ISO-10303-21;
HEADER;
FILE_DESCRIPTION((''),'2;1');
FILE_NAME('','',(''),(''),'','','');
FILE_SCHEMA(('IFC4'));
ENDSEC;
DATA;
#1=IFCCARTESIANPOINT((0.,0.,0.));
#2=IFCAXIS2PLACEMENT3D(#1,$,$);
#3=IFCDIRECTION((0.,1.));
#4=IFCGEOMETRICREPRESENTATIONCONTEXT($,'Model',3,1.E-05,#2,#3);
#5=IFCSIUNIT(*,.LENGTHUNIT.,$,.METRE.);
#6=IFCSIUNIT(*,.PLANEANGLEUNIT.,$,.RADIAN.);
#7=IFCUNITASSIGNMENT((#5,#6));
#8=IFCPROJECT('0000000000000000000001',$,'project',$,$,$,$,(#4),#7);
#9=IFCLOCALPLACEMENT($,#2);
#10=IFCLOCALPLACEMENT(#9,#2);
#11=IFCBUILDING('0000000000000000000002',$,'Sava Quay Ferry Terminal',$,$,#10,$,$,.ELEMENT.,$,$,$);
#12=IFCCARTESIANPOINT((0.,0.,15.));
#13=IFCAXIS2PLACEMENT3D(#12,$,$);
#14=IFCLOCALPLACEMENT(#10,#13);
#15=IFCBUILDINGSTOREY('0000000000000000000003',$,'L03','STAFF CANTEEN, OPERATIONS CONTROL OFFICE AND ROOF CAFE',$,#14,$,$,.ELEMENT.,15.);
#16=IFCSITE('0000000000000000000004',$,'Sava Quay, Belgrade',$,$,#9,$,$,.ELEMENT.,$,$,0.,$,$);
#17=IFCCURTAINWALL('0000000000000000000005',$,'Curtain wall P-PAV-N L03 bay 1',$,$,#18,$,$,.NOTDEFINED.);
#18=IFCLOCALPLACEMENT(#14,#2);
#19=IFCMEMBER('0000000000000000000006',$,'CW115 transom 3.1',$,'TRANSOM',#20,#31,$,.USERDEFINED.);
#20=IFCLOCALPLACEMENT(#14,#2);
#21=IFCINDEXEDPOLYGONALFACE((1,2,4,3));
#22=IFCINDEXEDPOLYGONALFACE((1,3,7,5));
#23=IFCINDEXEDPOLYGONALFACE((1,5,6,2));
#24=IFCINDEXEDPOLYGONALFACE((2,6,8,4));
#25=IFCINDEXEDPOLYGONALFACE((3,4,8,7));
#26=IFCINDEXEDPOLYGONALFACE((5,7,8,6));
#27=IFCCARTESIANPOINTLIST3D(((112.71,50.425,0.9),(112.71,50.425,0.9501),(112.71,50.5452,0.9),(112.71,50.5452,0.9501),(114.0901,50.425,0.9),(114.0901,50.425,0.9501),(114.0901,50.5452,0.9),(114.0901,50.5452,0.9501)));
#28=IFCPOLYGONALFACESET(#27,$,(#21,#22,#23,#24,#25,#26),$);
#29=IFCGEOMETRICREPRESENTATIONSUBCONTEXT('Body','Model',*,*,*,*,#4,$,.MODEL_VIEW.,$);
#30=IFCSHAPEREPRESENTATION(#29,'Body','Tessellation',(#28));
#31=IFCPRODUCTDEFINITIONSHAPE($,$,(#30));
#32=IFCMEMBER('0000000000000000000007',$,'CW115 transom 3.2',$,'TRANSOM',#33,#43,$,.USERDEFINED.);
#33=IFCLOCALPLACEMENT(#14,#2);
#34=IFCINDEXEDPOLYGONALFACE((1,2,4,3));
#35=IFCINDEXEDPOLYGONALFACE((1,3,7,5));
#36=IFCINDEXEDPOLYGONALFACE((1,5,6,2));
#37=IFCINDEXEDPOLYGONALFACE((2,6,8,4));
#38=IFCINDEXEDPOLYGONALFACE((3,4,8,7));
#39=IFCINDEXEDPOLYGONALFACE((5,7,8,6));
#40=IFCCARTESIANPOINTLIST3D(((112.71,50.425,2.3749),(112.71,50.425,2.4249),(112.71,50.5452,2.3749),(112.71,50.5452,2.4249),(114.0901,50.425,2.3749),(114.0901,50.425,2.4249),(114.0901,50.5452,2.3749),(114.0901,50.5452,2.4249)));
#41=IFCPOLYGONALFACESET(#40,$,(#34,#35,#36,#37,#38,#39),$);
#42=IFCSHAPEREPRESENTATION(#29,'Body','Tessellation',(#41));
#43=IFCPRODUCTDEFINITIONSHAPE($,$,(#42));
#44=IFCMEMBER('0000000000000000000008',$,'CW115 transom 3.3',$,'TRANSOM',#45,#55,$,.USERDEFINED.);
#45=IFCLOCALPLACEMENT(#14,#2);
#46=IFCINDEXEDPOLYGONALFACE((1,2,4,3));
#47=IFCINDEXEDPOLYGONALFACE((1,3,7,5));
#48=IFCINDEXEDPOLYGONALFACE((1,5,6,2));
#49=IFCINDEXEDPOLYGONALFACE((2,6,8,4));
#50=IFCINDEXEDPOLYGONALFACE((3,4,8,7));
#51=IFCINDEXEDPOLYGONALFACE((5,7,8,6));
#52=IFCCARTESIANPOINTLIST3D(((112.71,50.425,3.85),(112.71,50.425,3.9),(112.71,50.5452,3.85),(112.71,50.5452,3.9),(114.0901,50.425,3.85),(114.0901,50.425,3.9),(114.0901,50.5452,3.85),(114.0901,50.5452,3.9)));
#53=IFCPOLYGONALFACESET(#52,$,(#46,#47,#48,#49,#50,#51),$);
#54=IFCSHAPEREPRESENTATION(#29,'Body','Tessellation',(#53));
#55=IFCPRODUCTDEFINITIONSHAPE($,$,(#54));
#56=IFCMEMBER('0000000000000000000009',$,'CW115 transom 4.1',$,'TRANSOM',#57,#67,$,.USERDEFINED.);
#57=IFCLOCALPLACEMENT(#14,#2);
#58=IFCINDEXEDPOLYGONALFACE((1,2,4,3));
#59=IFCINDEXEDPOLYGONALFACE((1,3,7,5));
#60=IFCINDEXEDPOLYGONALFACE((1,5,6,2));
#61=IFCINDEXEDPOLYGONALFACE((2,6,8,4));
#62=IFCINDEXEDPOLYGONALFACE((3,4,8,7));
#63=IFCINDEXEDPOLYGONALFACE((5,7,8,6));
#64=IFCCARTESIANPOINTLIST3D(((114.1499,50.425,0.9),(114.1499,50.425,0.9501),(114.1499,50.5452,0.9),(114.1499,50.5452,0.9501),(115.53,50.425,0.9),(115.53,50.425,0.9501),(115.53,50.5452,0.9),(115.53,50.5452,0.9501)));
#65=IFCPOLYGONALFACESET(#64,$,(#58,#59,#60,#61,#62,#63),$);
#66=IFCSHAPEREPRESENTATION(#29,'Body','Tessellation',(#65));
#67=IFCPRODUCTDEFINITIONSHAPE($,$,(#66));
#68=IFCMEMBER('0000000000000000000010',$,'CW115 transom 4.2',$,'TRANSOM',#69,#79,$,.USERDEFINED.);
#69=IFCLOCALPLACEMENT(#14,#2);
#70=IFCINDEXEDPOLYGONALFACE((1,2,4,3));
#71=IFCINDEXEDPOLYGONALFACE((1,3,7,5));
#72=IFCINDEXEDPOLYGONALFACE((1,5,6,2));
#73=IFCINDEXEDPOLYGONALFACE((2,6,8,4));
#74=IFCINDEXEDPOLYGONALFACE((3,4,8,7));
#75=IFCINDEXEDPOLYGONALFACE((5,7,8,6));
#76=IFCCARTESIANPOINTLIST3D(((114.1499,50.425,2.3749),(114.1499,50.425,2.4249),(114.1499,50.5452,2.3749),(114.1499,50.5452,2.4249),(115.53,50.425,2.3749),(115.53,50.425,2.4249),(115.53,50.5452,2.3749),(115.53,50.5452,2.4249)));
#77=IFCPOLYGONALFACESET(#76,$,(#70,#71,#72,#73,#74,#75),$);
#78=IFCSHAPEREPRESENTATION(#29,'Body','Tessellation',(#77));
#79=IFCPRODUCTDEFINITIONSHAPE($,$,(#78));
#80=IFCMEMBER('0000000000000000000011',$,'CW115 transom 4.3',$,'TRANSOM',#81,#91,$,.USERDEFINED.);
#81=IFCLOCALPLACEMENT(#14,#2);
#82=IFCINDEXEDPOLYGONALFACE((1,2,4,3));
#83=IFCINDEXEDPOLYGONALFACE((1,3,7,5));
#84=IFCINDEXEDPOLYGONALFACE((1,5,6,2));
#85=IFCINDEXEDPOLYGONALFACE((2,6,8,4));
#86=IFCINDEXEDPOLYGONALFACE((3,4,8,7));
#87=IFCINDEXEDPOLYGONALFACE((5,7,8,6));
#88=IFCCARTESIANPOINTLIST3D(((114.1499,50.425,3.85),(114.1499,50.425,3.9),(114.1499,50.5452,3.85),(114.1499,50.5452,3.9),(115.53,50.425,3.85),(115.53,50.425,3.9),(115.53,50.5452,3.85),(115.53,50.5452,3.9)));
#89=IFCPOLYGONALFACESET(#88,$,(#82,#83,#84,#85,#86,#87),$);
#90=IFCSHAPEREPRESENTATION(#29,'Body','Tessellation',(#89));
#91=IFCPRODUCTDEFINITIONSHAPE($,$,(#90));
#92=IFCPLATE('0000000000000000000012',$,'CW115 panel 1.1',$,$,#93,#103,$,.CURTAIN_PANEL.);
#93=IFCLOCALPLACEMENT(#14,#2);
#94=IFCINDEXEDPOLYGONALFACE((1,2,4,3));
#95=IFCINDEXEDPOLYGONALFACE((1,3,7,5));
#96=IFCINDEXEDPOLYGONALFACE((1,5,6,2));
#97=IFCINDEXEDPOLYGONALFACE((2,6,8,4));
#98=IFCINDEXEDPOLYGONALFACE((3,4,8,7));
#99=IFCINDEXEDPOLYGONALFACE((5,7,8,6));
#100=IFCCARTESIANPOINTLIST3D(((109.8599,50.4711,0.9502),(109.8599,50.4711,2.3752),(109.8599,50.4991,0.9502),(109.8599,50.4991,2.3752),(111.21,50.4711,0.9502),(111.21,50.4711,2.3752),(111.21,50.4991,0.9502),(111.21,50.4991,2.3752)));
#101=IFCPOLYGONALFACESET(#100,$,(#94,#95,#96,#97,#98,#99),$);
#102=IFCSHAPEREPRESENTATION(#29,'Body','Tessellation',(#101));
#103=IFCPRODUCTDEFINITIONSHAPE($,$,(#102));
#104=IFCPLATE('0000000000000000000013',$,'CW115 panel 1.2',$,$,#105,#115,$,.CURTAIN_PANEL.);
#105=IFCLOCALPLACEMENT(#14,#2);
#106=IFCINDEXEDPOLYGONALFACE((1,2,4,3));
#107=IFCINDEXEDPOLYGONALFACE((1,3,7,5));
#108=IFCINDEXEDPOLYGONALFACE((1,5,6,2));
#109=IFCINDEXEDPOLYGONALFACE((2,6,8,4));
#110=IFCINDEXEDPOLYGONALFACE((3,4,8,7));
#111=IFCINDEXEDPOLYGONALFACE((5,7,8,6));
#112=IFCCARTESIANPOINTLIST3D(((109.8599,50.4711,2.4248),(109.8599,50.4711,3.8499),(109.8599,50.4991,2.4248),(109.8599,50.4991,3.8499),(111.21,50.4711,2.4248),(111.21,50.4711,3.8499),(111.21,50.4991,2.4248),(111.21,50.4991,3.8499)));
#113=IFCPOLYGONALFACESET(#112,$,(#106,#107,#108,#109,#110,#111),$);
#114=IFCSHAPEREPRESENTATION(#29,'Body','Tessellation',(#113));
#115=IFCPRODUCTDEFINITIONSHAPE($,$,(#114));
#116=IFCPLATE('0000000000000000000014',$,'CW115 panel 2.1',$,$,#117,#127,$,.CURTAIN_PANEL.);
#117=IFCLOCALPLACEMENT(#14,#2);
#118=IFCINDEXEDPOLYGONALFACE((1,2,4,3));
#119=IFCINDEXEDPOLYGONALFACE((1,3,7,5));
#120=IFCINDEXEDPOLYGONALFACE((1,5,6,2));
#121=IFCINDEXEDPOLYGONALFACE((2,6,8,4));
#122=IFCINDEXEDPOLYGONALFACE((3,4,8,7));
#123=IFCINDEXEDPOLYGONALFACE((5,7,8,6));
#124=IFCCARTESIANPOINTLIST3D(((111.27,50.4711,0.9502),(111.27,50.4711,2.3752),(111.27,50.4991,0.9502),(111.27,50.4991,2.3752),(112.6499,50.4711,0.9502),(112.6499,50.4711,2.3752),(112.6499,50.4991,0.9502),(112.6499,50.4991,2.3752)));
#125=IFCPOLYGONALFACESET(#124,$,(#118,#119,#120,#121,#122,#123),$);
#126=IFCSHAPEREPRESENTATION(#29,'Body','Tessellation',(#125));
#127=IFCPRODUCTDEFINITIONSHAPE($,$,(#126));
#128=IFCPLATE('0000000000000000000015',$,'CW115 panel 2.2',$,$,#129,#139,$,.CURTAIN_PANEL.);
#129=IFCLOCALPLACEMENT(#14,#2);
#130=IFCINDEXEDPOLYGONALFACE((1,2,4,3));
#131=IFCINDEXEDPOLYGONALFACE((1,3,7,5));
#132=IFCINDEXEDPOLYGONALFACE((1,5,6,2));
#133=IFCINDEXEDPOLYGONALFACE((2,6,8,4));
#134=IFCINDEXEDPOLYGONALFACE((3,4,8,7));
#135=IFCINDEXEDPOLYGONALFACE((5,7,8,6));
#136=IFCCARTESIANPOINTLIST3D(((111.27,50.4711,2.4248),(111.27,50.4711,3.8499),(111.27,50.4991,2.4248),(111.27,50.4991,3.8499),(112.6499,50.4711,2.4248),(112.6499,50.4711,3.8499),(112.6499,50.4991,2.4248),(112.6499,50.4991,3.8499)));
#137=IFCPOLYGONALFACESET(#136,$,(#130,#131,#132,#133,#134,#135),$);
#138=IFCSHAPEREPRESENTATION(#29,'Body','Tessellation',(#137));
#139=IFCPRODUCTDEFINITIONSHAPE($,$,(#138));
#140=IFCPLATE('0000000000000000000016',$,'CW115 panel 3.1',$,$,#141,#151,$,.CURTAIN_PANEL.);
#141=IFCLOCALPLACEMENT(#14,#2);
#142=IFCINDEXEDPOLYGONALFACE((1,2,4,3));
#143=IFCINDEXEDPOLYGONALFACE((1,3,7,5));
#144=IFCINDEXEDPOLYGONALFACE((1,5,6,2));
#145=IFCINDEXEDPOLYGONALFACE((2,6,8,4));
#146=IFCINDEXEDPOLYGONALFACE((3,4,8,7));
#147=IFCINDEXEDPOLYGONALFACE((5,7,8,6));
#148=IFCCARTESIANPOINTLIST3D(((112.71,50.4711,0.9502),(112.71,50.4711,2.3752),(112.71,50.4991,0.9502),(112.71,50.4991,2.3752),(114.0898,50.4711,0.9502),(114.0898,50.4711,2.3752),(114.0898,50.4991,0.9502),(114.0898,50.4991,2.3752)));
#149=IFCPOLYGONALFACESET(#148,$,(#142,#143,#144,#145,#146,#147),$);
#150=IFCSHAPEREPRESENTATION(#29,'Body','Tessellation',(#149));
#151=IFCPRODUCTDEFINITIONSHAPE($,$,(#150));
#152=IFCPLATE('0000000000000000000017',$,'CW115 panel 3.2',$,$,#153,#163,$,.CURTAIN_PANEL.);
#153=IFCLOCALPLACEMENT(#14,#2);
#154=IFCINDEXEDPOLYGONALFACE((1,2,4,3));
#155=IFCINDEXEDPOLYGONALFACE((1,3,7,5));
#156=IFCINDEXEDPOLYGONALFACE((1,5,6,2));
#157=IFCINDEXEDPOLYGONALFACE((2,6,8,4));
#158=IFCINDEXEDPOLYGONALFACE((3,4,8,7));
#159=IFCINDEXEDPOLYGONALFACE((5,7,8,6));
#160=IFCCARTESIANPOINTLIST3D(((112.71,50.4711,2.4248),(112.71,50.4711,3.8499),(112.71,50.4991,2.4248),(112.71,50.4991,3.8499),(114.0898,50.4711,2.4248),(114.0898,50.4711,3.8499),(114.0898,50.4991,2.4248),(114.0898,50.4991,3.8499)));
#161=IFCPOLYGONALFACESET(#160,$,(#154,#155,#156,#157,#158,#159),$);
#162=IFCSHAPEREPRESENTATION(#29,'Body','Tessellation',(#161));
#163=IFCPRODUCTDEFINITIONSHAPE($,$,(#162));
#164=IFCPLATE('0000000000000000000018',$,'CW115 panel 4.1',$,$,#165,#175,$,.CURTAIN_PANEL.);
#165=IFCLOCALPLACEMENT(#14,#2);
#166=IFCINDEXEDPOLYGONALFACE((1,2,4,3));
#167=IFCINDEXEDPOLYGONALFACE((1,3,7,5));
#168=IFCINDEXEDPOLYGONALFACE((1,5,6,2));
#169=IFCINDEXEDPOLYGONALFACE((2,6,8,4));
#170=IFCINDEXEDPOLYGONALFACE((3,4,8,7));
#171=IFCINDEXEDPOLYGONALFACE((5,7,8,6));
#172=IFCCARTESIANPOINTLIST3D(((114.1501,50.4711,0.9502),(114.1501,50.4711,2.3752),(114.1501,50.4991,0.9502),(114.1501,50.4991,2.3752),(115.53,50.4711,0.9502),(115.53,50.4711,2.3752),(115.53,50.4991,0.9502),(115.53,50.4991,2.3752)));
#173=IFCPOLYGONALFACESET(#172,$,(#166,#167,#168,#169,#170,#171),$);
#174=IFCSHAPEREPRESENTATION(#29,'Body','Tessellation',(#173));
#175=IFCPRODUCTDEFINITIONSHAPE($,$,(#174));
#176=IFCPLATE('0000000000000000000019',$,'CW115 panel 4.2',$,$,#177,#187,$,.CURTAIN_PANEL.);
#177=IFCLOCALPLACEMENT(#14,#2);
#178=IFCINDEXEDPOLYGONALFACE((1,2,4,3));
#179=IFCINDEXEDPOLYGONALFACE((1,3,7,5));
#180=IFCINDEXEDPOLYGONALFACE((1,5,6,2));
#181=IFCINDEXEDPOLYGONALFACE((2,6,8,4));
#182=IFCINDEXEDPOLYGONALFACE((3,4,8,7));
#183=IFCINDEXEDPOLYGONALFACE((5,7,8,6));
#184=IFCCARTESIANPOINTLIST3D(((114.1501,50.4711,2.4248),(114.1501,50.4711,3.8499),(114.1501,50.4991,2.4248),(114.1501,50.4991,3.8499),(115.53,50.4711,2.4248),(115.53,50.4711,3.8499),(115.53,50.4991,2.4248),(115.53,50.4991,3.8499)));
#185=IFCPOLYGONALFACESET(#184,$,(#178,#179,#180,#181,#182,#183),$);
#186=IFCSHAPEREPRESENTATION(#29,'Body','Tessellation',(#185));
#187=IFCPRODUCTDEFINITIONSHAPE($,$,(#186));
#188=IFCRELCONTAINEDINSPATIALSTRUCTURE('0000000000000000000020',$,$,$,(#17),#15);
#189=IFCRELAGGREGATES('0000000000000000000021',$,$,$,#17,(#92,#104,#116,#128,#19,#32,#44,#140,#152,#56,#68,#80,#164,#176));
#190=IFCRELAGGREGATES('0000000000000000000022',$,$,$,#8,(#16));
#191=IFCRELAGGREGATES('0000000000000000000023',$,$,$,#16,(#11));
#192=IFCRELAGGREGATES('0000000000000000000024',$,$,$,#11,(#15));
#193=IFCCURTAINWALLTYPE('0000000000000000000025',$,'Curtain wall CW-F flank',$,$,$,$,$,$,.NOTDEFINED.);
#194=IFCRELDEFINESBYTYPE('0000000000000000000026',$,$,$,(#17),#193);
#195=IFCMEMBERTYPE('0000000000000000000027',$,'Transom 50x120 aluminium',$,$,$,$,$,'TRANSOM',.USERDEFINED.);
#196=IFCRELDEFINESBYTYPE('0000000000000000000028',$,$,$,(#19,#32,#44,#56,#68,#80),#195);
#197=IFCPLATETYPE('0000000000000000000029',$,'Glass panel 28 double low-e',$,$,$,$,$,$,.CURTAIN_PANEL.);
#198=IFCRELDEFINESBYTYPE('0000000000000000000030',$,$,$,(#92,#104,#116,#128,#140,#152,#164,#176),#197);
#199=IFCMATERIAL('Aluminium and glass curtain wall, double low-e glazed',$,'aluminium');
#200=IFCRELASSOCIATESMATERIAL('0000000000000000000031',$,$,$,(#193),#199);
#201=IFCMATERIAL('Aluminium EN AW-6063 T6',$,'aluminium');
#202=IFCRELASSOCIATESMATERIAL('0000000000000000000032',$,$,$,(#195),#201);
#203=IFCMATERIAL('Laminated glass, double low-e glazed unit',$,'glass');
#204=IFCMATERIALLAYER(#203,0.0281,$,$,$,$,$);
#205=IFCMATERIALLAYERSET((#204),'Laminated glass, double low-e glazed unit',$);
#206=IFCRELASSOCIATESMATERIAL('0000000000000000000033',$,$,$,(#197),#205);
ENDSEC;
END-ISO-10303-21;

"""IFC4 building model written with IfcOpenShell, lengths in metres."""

from ifc_helpers import new_model, si_unit, direction, frame, origin, origin_2d, place, context, subcontext, project, spatial, rectangle, extrude, material, layer, layer_set, material_profile, profile_set, type_object, element, aggregate, save


model = new_model("IFC4")

# Units and contexts
model_context = context("Model", 3, precision=1e-05, world=origin(), true_north=direction((0.0, 1.0)))
body_context = subcontext(model_context, "Body", "Model", "MODEL_VIEW")
ifc_project = project(units=[si_unit("LENGTHUNIT", "METRE"), si_unit("PLANEANGLEUNIT", "RADIAN")], contexts=[model_context])

# Site, building, storey
site_placement = place(None, origin())
site = spatial("IfcSite", under=ifc_project, at=site_placement, Name="Sava Quay, Belgrade", CompositionType="ELEMENT", RefElevation=0.0)
building_placement = place(site_placement, origin())
building = spatial("IfcBuilding", under=site, at=building_placement, Name="Sava Quay Ferry Terminal", CompositionType="ELEMENT")
storey_placement = place(building_placement, frame((0.0, 0.0, 15.0)))
storey = spatial("IfcBuildingStorey", under=building, at=storey_placement, Name="L03", Description="STAFF CANTEEN, OPERATIONS CONTROL OFFICE AND ROOF CAFE", CompositionType="ELEMENT", Elevation=15.0)

# Curtain wall
ifc_material_1 = material(Name="Aluminium and glass curtain wall, double low-e glazed", Category="aluminium")
curtain_wall_type = type_object("IfcCurtainWallType", Name="Curtain wall CW-F flank", PredefinedType="NOTDEFINED", material=ifc_material_1)
curtain_wall_placement = place(storey_placement, origin())
curtain_wall = element("IfcCurtainWall", 1, at=curtain_wall_placement, inside=storey, type_object=curtain_wall_type, Name="Curtain wall P-PAV-N L03 bay 1", PredefinedType="NOTDEFINED")

# Members
ifc_material_2 = material(Name="Aluminium EN AW-6063 T6", Category="aluminium")
ifc_material_profile_1 = material_profile(ifc_material_2, rectangle(XDim=0.1201, YDim=0.05, at=origin_2d()), Name="Transom 50x120 aluminium")
ifc_profile_set_1 = profile_set([ifc_material_profile_1], Name="Aluminium EN AW-6063 T6")
member_type_1 = type_object("IfcMemberType", Name="Transom 50x120 aluminium", ElementType="TRANSOM", PredefinedType="USERDEFINED", material=ifc_profile_set_1)
member_1_placement = place(storey_placement, frame((112.71, 50.4851, 0.925), z_axis=(1.0, 0.0, 0.0), x_axis=(0.0, 1.0, 0.0)))
member_1 = element("IfcMember", 2, at=member_1_placement, type_object=member_type_1, Name="CW115 transom 3.1", ObjectType="TRANSOM", PredefinedType="USERDEFINED", context=body_context, shape_type="SweptSolid", body=[
    extrude(rectangle(XDim=0.1201, YDim=0.05, at=origin_2d()), origin(), (0.0, 0.0, 1.0), 1.3801),
])
member_2_placement = place(storey_placement, frame((112.71, 50.4851, 2.3999), z_axis=(1.0, 0.0, 0.0), x_axis=(0.0, 1.0, 0.0)))
member_2 = element("IfcMember", 3, at=member_2_placement, type_object=member_type_1, Name="CW115 transom 3.2", ObjectType="TRANSOM", PredefinedType="USERDEFINED", context=body_context, shape_type="SweptSolid", body=[
    extrude(rectangle(XDim=0.1201, YDim=0.05, at=origin_2d()), origin(), (0.0, 0.0, 1.0), 1.3801),
])
member_3_placement = place(storey_placement, frame((112.71, 50.4851, 3.875), z_axis=(1.0, 0.0, 0.0), x_axis=(0.0, 1.0, 0.0)))
member_3 = element("IfcMember", 4, at=member_3_placement, type_object=member_type_1, Name="CW115 transom 3.3", ObjectType="TRANSOM", PredefinedType="USERDEFINED", context=body_context, shape_type="SweptSolid", body=[
    extrude(rectangle(XDim=0.1201, YDim=0.05, at=origin_2d()), origin(), (0.0, 0.0, 1.0), 1.3801),
])
member_4_placement = place(storey_placement, frame((114.1499, 50.4851, 0.925), z_axis=(1.0, 0.0, 0.0), x_axis=(0.0, 1.0, 0.0)))
member_4 = element("IfcMember", 5, at=member_4_placement, type_object=member_type_1, Name="CW115 transom 4.1", ObjectType="TRANSOM", PredefinedType="USERDEFINED", context=body_context, shape_type="SweptSolid", body=[
    extrude(rectangle(XDim=0.1201, YDim=0.05, at=origin_2d()), origin(), (0.0, 0.0, 1.0), 1.3801),
])
member_5_placement = place(storey_placement, frame((114.1499, 50.4851, 2.3999), z_axis=(1.0, 0.0, 0.0), x_axis=(0.0, 1.0, 0.0)))
member_5 = element("IfcMember", 6, at=member_5_placement, type_object=member_type_1, Name="CW115 transom 4.2", ObjectType="TRANSOM", PredefinedType="USERDEFINED", context=body_context, shape_type="SweptSolid", body=[
    extrude(rectangle(XDim=0.1201, YDim=0.05, at=origin_2d()), origin(), (0.0, 0.0, 1.0), 1.3801),
])
member_6_placement = place(storey_placement, frame((114.1499, 50.4851, 3.875), z_axis=(1.0, 0.0, 0.0), x_axis=(0.0, 1.0, 0.0)))
member_6 = element("IfcMember", 7, at=member_6_placement, type_object=member_type_1, Name="CW115 transom 4.3", ObjectType="TRANSOM", PredefinedType="USERDEFINED", context=body_context, shape_type="SweptSolid", body=[
    extrude(rectangle(XDim=0.1201, YDim=0.05, at=origin_2d()), origin(), (0.0, 0.0, 1.0), 1.3801),
])

# Plates
ifc_material_3 = material(Name="Laminated glass, double low-e glazed unit", Category="glass")
ifc_layer = layer(ifc_material_3, 0.0281)
ifc_layer_set = layer_set([ifc_layer], Name="Laminated glass, double low-e glazed unit")
plate_type = type_object("IfcPlateType", Name="Glass panel 28 double low-e", PredefinedType="CURTAIN_PANEL", material=ifc_layer_set)
plate_1_placement = place(storey_placement, frame((110.5349, 50.4851, 0.9502), z_axis=(0.0, 0.0, 1.0), x_axis=(1.0, 0.0, 0.0)))
plate_1 = element("IfcPlate", 8, at=plate_1_placement, type_object=plate_type, Name="CW115 panel 1.1", PredefinedType="CURTAIN_PANEL", context=body_context, shape_type="SweptSolid", body=[
    extrude(rectangle(XDim=1.3501, YDim=0.0281, at=origin_2d()), origin(), (0.0, 0.0, 1.0), 1.425),
])
plate_2_placement = place(storey_placement, frame((110.5349, 50.4851, 2.4248), z_axis=(0.0, 0.0, 1.0), x_axis=(1.0, 0.0, 0.0)))
plate_2 = element("IfcPlate", 9, at=plate_2_placement, type_object=plate_type, Name="CW115 panel 1.2", PredefinedType="CURTAIN_PANEL", context=body_context, shape_type="SweptSolid", body=[
    extrude(rectangle(XDim=1.3501, YDim=0.0281, at=origin_2d()), origin(), (0.0, 0.0, 1.0), 1.425),
])
plate_3_placement = place(storey_placement, frame((111.96, 50.4851, 0.9502), z_axis=(0.0, 0.0, 1.0), x_axis=(1.0, 0.0, 0.0)))
plate_3 = element("IfcPlate", 10, at=plate_3_placement, type_object=plate_type, Name="CW115 panel 2.1", PredefinedType="CURTAIN_PANEL", context=body_context, shape_type="SweptSolid", body=[
    extrude(rectangle(XDim=1.3799, YDim=0.0281, at=origin_2d()), origin(), (0.0, 0.0, 1.0), 1.425),
])
plate_4_placement = place(storey_placement, frame((111.96, 50.4851, 2.4248), z_axis=(0.0, 0.0, 1.0), x_axis=(1.0, 0.0, 0.0)))
plate_4 = element("IfcPlate", 11, at=plate_4_placement, type_object=plate_type, Name="CW115 panel 2.2", PredefinedType="CURTAIN_PANEL", context=body_context, shape_type="SweptSolid", body=[
    extrude(rectangle(XDim=1.3799, YDim=0.0281, at=origin_2d()), origin(), (0.0, 0.0, 1.0), 1.425),
])
plate_5_placement = place(storey_placement, frame((113.3999, 50.4851, 0.9502), z_axis=(0.0, 0.0, 1.0), x_axis=(1.0, 0.0, 0.0)))
plate_5 = element("IfcPlate", 12, at=plate_5_placement, type_object=plate_type, Name="CW115 panel 3.1", PredefinedType="CURTAIN_PANEL", context=body_context, shape_type="SweptSolid", body=[
    extrude(rectangle(XDim=1.3799, YDim=0.0281, at=origin_2d()), origin(), (0.0, 0.0, 1.0), 1.425),
])
plate_6_placement = place(storey_placement, frame((113.3999, 50.4851, 2.4248), z_axis=(0.0, 0.0, 1.0), x_axis=(1.0, 0.0, 0.0)))
plate_6 = element("IfcPlate", 13, at=plate_6_placement, type_object=plate_type, Name="CW115 panel 3.2", PredefinedType="CURTAIN_PANEL", context=body_context, shape_type="SweptSolid", body=[
    extrude(rectangle(XDim=1.3799, YDim=0.0281, at=origin_2d()), origin(), (0.0, 0.0, 1.0), 1.425),
])
plate_7_placement = place(storey_placement, frame((114.8401, 50.4851, 0.9502), z_axis=(0.0, 0.0, 1.0), x_axis=(1.0, 0.0, 0.0)))
plate_7 = element("IfcPlate", 14, at=plate_7_placement, type_object=plate_type, Name="CW115 panel 4.1", PredefinedType="CURTAIN_PANEL", context=body_context, shape_type="SweptSolid", body=[
    extrude(rectangle(XDim=1.3799, YDim=0.0281, at=origin_2d()), origin(), (0.0, 0.0, 1.0), 1.425),
])
plate_8_placement = place(storey_placement, frame((114.8401, 50.4851, 2.4248), z_axis=(0.0, 0.0, 1.0), x_axis=(1.0, 0.0, 0.0)))
plate_8 = element("IfcPlate", 15, at=plate_8_placement, type_object=plate_type, Name="CW115 panel 4.2", PredefinedType="CURTAIN_PANEL", context=body_context, shape_type="SweptSolid", body=[
    extrude(rectangle(XDim=1.3799, YDim=0.0281, at=origin_2d()), origin(), (0.0, 0.0, 1.0), 1.425),
])
aggregate(curtain_wall, [plate_1, plate_2, plate_3, plate_4, member_1, member_2, member_3, plate_5, plate_6, member_4, member_5, member_6, plate_7, plate_8])

save(model, "model.ifc")
